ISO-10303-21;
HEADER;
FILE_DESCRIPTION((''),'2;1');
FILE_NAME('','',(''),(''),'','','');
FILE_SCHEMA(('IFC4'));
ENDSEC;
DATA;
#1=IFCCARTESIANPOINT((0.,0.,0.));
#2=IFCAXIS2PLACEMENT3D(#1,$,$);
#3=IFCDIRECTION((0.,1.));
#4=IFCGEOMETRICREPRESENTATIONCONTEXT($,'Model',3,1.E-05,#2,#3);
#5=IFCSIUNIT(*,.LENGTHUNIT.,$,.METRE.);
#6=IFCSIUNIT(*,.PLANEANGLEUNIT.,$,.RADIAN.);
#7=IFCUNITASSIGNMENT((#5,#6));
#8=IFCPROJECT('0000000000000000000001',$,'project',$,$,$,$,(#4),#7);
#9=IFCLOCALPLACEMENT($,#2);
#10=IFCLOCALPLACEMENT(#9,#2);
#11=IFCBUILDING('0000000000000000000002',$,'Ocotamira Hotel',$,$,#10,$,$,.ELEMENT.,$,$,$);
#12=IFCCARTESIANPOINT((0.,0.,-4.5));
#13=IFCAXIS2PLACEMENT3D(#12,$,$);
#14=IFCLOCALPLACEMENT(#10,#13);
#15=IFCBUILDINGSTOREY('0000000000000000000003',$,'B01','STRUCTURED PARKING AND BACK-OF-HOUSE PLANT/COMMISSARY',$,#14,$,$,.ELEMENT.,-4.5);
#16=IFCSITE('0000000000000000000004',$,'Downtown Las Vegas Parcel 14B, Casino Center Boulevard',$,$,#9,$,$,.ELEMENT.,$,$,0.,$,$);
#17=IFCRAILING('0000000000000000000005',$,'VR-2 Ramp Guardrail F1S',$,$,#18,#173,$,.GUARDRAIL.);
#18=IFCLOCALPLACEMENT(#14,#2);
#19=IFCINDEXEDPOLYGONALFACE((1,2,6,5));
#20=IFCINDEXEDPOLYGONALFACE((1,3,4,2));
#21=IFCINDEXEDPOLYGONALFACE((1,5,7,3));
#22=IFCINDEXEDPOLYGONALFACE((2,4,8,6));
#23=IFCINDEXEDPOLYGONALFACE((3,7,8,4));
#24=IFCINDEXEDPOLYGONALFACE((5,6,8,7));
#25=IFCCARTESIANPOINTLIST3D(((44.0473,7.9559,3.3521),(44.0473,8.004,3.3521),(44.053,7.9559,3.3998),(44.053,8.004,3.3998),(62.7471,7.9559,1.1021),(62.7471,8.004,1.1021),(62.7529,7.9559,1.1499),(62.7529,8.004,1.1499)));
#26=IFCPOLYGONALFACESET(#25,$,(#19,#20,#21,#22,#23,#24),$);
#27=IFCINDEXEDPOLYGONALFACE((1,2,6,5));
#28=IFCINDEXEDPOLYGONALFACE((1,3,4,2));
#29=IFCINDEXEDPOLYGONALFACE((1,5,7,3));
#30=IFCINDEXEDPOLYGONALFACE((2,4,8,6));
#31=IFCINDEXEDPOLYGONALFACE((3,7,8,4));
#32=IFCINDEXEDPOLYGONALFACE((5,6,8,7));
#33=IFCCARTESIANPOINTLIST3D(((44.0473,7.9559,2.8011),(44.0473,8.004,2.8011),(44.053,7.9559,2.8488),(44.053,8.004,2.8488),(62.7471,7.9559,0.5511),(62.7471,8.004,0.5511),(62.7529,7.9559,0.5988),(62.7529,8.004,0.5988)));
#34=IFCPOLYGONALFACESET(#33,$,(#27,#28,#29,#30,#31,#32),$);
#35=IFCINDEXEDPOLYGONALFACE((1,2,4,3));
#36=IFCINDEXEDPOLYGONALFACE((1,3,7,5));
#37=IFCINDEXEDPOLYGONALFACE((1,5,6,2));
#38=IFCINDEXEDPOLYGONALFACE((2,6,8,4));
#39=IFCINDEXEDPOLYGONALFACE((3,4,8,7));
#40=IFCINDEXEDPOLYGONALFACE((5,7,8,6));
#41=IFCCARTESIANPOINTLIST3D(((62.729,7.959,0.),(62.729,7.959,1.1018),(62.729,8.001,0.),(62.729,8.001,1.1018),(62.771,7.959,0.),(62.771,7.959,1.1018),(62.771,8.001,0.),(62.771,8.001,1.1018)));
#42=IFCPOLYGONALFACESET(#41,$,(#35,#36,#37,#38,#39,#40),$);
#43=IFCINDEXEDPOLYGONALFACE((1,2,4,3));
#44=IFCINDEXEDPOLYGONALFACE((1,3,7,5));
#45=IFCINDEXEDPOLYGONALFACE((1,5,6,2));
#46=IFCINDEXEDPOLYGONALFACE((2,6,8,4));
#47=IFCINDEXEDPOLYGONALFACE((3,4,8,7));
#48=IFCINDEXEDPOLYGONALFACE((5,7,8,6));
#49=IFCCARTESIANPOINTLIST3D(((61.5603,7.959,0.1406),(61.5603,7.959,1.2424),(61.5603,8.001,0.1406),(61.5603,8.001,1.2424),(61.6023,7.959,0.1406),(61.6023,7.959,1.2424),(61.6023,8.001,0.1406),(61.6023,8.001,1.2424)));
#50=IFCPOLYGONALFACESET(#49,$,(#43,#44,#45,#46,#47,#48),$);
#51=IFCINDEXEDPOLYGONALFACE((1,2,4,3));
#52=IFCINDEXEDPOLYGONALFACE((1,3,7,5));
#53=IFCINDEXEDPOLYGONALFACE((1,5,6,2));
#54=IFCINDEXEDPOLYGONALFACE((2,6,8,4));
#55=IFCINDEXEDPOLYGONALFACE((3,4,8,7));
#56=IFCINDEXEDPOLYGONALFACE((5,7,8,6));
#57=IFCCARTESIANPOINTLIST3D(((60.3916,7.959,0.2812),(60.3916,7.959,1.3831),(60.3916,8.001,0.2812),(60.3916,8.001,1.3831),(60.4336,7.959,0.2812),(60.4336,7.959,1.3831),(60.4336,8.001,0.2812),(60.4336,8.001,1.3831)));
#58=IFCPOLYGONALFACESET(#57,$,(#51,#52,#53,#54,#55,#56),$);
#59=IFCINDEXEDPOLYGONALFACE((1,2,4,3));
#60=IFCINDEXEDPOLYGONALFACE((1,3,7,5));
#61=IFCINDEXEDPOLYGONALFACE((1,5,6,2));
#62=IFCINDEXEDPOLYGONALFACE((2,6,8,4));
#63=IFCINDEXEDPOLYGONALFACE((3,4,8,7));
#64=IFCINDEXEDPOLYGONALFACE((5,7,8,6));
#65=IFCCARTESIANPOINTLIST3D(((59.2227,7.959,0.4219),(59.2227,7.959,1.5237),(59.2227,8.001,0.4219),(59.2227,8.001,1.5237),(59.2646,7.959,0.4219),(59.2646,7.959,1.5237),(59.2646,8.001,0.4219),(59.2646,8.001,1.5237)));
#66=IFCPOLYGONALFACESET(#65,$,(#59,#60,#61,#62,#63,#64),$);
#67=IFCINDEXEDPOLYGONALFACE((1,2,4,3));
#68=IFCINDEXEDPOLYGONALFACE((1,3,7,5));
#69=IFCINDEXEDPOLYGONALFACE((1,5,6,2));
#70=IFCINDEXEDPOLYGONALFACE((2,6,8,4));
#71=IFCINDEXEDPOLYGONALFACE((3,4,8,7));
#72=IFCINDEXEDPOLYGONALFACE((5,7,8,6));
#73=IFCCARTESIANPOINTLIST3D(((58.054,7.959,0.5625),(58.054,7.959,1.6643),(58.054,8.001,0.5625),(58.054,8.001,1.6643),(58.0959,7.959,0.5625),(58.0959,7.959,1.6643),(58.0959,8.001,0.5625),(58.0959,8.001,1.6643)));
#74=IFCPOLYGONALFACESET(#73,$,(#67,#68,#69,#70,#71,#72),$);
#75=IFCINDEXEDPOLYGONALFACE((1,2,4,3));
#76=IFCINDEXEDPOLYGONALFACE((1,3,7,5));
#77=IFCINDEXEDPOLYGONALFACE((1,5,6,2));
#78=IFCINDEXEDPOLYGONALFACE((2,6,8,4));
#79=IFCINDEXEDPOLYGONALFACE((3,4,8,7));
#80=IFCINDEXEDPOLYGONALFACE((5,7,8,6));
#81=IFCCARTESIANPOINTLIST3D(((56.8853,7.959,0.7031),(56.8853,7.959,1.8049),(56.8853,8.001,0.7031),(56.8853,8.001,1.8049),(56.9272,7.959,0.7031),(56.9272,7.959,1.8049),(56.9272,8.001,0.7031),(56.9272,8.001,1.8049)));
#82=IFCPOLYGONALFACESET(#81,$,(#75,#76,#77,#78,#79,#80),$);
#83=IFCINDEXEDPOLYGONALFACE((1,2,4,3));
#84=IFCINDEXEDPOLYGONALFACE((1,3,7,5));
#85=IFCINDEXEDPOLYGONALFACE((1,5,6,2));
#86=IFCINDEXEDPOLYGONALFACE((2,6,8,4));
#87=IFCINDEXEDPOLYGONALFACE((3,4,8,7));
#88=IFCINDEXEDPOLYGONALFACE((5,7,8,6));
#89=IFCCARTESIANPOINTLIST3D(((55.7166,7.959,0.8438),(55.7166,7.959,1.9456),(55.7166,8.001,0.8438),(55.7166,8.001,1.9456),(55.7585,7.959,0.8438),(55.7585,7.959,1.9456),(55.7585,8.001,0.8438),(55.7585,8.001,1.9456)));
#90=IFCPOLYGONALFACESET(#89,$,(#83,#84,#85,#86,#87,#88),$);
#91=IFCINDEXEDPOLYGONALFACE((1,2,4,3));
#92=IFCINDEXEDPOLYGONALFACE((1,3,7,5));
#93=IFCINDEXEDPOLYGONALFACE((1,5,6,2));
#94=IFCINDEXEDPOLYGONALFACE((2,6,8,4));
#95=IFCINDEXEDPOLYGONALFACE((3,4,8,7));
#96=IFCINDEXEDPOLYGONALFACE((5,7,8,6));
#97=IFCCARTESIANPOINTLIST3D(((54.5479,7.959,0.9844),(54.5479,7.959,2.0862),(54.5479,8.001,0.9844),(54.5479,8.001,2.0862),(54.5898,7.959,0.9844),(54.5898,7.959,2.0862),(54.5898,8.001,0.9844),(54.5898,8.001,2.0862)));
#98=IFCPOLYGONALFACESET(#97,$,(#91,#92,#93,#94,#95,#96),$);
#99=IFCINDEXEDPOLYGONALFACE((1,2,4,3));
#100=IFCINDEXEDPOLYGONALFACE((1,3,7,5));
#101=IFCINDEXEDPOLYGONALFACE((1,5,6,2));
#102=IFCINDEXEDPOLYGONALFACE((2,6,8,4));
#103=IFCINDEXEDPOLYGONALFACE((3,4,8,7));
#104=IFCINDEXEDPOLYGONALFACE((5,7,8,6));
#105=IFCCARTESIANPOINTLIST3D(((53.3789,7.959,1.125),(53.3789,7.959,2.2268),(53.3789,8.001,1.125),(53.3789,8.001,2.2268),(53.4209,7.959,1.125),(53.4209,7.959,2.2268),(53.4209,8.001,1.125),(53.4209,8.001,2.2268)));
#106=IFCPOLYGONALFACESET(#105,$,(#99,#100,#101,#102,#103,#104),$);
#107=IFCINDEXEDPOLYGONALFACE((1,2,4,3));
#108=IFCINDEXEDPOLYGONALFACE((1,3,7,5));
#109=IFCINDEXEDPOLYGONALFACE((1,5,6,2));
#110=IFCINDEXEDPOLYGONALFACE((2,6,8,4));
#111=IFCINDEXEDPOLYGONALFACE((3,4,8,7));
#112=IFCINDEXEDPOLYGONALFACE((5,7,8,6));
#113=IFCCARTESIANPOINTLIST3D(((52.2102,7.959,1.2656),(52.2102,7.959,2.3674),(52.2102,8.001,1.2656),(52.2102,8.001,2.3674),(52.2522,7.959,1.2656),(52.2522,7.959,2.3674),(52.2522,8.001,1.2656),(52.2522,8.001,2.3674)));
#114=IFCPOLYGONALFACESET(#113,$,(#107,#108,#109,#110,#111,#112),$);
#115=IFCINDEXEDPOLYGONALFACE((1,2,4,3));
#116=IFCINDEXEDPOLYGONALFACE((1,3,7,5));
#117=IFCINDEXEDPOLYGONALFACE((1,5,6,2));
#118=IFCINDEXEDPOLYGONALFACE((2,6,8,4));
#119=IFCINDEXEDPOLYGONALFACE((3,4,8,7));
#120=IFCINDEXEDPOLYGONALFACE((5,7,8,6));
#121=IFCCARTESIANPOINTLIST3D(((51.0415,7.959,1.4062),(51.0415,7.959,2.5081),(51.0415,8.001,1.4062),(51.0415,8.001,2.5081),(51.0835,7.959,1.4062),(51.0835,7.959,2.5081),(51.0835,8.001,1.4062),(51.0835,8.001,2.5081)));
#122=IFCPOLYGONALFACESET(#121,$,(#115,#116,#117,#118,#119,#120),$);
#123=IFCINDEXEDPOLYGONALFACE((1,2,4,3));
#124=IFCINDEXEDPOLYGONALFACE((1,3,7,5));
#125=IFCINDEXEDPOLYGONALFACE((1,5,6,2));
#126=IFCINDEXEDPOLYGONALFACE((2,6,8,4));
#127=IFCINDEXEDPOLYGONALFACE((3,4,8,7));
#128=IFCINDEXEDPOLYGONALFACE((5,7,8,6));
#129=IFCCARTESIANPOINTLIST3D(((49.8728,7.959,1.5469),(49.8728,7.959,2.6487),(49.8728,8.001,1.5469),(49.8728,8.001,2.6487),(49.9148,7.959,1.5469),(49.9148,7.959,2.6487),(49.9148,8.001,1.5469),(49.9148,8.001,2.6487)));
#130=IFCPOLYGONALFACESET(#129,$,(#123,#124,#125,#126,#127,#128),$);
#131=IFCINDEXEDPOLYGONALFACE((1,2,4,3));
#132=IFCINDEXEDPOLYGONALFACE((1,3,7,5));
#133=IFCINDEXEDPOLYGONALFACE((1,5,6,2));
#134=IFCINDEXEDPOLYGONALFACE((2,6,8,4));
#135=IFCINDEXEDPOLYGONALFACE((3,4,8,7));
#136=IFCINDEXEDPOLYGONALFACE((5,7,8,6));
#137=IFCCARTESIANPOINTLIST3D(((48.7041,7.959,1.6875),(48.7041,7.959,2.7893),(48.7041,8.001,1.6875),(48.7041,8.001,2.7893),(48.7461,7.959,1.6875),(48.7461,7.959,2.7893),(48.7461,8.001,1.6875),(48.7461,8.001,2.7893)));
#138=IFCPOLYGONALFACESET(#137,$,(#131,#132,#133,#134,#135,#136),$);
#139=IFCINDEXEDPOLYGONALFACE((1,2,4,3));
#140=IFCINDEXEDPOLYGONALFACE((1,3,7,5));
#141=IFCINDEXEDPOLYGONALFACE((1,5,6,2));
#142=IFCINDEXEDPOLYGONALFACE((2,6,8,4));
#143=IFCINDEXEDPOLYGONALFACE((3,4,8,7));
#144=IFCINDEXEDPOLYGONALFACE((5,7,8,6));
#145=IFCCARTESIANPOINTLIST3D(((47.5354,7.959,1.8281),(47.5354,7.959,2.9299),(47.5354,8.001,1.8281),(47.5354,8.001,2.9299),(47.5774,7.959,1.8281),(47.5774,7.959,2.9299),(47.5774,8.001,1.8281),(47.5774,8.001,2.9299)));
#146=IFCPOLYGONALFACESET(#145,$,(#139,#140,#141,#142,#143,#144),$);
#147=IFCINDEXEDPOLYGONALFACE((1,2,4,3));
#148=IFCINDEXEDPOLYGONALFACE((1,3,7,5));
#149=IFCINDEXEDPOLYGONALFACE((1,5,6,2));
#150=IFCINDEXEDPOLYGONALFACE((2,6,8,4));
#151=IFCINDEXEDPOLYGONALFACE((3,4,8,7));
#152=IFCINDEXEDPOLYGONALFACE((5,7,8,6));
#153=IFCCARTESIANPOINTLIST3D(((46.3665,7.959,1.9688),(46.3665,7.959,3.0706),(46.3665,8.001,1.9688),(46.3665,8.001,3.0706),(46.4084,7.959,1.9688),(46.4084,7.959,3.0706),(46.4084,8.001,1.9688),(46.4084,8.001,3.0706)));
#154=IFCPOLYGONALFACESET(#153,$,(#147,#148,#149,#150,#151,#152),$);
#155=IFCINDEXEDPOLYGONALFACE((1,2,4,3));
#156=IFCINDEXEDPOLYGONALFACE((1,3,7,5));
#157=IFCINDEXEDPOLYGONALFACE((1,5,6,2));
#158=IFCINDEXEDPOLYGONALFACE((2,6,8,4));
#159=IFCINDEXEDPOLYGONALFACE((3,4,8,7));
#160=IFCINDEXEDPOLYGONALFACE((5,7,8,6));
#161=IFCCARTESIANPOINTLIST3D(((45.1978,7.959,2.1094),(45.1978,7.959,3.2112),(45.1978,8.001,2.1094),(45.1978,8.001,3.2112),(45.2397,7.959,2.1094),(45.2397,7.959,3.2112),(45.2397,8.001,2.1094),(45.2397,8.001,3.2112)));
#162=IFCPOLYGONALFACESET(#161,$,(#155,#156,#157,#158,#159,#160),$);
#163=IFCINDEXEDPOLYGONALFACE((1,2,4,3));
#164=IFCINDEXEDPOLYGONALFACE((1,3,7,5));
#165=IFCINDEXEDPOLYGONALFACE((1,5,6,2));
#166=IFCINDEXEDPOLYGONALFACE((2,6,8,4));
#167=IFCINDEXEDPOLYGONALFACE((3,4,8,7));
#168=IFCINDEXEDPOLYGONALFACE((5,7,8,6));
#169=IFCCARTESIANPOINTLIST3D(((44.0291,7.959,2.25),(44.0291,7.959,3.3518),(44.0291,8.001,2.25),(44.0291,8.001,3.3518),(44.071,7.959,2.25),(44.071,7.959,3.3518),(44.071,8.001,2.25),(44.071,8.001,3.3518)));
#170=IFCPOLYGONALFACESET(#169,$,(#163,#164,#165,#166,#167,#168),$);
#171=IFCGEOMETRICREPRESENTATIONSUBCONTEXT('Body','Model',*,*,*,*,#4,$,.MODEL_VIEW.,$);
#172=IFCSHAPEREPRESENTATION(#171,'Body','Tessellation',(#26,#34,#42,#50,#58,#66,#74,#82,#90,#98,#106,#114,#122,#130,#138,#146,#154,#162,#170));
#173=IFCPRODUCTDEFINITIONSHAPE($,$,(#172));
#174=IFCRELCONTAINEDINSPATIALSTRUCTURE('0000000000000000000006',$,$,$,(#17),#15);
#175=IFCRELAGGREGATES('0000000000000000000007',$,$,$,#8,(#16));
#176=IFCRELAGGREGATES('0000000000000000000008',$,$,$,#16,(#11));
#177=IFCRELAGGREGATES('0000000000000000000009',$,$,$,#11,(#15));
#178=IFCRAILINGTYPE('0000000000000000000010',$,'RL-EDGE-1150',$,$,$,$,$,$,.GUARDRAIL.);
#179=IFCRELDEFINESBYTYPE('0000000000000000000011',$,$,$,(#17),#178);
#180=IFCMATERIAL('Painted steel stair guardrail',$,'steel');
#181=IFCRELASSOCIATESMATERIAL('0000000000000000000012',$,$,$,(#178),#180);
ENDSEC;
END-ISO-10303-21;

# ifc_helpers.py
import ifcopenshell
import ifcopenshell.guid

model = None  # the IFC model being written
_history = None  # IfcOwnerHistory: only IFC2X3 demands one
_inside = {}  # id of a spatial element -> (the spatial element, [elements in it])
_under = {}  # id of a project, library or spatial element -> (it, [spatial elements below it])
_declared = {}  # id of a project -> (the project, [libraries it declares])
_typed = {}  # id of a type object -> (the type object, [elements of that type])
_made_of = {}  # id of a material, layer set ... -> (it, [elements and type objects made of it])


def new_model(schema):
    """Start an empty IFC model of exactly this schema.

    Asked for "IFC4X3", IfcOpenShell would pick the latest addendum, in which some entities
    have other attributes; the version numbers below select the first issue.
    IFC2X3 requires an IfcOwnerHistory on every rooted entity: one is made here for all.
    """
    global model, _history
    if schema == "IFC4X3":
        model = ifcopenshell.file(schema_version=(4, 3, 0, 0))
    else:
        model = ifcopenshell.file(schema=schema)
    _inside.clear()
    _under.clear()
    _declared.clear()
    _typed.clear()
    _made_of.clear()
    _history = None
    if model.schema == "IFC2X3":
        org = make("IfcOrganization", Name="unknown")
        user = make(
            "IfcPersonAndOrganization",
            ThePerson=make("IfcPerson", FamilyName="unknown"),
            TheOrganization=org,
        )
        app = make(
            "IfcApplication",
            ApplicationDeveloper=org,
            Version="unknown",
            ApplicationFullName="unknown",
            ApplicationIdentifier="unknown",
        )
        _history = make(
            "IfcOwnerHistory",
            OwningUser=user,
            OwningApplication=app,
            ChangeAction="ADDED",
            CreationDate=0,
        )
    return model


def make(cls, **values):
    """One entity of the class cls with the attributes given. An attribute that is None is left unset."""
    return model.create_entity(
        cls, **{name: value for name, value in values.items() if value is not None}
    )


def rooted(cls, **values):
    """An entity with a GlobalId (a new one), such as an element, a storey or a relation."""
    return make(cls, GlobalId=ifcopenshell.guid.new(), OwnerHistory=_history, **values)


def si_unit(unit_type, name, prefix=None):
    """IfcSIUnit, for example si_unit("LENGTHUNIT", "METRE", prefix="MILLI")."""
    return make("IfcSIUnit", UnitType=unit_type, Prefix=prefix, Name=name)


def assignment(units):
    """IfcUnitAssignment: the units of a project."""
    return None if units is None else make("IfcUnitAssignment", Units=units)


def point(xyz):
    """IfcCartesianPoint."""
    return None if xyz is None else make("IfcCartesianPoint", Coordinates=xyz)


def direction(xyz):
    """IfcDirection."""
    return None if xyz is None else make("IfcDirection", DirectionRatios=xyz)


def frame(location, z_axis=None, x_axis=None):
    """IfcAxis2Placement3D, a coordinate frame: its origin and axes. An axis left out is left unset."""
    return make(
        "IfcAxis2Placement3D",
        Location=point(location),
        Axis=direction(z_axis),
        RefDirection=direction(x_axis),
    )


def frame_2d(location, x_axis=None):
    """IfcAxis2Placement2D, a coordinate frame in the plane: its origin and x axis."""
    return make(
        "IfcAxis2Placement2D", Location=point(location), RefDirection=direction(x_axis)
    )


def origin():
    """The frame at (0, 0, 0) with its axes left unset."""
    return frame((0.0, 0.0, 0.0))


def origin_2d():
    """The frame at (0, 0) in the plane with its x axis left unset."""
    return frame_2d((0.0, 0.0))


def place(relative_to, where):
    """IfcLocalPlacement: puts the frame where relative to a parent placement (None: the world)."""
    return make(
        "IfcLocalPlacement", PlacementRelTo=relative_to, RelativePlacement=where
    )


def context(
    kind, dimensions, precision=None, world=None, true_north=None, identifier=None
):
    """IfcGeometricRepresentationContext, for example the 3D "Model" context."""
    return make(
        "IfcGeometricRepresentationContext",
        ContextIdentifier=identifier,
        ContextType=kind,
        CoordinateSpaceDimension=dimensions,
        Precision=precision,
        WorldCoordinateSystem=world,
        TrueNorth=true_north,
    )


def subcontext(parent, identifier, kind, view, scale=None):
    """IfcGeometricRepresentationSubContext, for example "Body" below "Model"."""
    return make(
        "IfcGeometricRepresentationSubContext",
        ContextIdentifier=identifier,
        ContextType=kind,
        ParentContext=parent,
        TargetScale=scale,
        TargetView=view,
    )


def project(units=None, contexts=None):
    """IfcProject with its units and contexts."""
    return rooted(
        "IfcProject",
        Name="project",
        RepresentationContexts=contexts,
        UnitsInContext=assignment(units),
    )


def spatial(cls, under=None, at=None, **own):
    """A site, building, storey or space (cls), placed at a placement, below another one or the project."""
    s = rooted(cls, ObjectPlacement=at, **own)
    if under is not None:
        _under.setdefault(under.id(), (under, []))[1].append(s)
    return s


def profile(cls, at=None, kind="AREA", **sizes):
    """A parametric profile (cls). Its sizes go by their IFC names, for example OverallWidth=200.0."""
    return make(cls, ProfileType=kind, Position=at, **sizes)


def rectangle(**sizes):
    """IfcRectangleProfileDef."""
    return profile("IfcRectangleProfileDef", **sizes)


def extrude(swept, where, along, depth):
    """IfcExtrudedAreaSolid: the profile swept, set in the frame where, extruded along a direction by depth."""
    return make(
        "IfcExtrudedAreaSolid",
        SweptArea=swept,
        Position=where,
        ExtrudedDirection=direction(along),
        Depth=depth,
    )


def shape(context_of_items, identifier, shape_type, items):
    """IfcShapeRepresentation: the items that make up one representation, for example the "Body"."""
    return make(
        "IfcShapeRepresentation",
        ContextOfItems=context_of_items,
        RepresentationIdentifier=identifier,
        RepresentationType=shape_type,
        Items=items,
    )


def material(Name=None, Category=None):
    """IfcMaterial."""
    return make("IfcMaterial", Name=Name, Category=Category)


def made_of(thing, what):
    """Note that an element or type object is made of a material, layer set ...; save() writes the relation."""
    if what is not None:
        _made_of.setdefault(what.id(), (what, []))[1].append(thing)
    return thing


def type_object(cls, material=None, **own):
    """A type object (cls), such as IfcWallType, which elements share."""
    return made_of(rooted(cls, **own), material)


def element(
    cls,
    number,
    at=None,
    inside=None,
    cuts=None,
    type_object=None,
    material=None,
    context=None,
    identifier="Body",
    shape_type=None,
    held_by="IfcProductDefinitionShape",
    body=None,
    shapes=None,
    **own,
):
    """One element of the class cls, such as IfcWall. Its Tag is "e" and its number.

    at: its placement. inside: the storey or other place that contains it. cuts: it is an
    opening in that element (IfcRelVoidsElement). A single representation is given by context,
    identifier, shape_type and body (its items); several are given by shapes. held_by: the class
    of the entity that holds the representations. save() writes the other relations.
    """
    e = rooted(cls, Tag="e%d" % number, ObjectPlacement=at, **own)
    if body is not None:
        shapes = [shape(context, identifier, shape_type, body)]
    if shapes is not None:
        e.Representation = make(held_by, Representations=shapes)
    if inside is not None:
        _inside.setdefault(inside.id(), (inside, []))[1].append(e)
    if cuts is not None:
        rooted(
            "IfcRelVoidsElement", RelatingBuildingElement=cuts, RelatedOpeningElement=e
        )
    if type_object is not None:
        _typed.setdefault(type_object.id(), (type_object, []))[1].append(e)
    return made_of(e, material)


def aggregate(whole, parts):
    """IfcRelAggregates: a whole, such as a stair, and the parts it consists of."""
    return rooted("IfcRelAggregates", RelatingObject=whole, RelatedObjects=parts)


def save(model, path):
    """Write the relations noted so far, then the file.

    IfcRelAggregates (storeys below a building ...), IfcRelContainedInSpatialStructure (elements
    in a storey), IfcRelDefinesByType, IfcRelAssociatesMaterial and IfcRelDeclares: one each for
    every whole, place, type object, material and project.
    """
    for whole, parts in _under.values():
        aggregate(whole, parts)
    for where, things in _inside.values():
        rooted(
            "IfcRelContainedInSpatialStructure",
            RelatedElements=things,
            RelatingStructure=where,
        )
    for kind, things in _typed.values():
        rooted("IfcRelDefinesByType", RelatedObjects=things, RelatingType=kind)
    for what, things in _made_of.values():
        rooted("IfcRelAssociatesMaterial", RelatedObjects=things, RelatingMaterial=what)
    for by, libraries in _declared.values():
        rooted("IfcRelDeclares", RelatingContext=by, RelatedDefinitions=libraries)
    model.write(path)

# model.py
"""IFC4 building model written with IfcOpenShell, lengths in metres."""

from ifc_helpers import new_model, si_unit, direction, frame, origin, origin_2d, place, context, subcontext, project, spatial, rectangle, extrude, material, type_object, element, save


model = new_model("IFC4")

# Units and contexts
model_context = context("Model", 3, precision=1e-05, world=origin(), true_north=direction((0.0, 1.0)))
body_context = subcontext(model_context, "Body", "Model", "MODEL_VIEW")
ifc_project = project(units=[si_unit("LENGTHUNIT", "METRE"), si_unit("PLANEANGLEUNIT", "RADIAN")], contexts=[model_context])

# Site, building, storey
site_placement = place(None, origin())
site = spatial("IfcSite", under=ifc_project, at=site_placement, Name="Downtown Las Vegas Parcel 14B, Casino Center Boulevard", CompositionType="ELEMENT", RefElevation=0.0)
building_placement = place(site_placement, origin())
building = spatial("IfcBuilding", under=site, at=building_placement, Name="Ocotamira Hotel", CompositionType="ELEMENT")
storey_placement = place(building_placement, frame((0.0, 0.0, -4.5)))
storey = spatial("IfcBuildingStorey", under=building, at=storey_placement, Name="B01", Description="STRUCTURED PARKING AND BACK-OF-HOUSE PLANT/COMMISSARY", CompositionType="ELEMENT", Elevation=-4.5)

# Railing
ifc_material_1 = material(Name="Painted steel stair guardrail", Category="steel")
railing_type = type_object("IfcRailingType", Name="RL-EDGE-1150", PredefinedType="GUARDRAIL", material=ifc_material_1)
railing_1_placement = place(storey_placement, frame((62.75, 7.98, 0.0)))
element("IfcRailing", 1, at=railing_1_placement, inside=storey, type_object=railing_type, Name="VR-2 Ramp Guardrail F1S", PredefinedType="GUARDRAIL", context=body_context, shape_type="SweptSolid", body=[
    extrude(rectangle(XDim=0.0481, YDim=0.0481, at=origin_2d()), frame((0.0, 0.0, 1.126), z_axis=(-0.992839, 0.0, 0.11946), x_axis=(0.0, -1.0, 0.0)), (0.0, 0.0, 1.0), 18.8347),
    extrude(rectangle(XDim=0.0481, YDim=0.0481, at=origin_2d()), frame((0.0, 0.0, 0.575), z_axis=(-0.992839, 0.0, 0.11946), x_axis=(0.0, -1.0, 0.0)), (0.0, 0.0, 1.0), 18.8347),
    extrude(rectangle(XDim=0.042, YDim=0.042, at=origin_2d()), origin(), (0.0, 0.0, 1.0), 1.1018),
    extrude(rectangle(XDim=0.042, YDim=0.042, at=origin_2d()), frame((-1.1687, 0.0, 0.1406)), (0.0, 0.0, 1.0), 1.1018),
    extrude(rectangle(XDim=0.042, YDim=0.042, at=origin_2d()), frame((-2.3374, 0.0, 0.2812)), (0.0, 0.0, 1.0), 1.1018),
    extrude(rectangle(XDim=0.042, YDim=0.042, at=origin_2d()), frame((-3.5063, 0.0, 0.4219)), (0.0, 0.0, 1.0), 1.1018),
    extrude(rectangle(XDim=0.042, YDim=0.042, at=origin_2d()), frame((-4.675, 0.0, 0.5625)), (0.0, 0.0, 1.0), 1.1018),
    extrude(rectangle(XDim=0.042, YDim=0.042, at=origin_2d()), frame((-5.8438, 0.0, 0.7031)), (0.0, 0.0, 1.0), 1.1018),
    extrude(rectangle(XDim=0.042, YDim=0.042, at=origin_2d()), frame((-7.0125, 0.0, 0.8438)), (0.0, 0.0, 1.0), 1.1018),
    extrude(rectangle(XDim=0.042, YDim=0.042, at=origin_2d()), frame((-8.1812, 0.0, 0.9844)), (0.0, 0.0, 1.0), 1.1018),
    extrude(rectangle(XDim=0.042, YDim=0.042, at=origin_2d()), frame((-9.3501, 0.0, 1.125)), (0.0, 0.0, 1.0), 1.1018),
    extrude(rectangle(XDim=0.042, YDim=0.042, at=origin_2d()), frame((-10.5188, 0.0, 1.2656)), (0.0, 0.0, 1.0), 1.1018),
    extrude(rectangle(XDim=0.042, YDim=0.042, at=origin_2d()), frame((-11.6875, 0.0, 1.4062)), (0.0, 0.0, 1.0), 1.1018),
    extrude(rectangle(XDim=0.042, YDim=0.042, at=origin_2d()), frame((-12.8562, 0.0, 1.5469)), (0.0, 0.0, 1.0), 1.1018),
    extrude(rectangle(XDim=0.042, YDim=0.042, at=origin_2d()), frame((-14.0249, 0.0, 1.6875)), (0.0, 0.0, 1.0), 1.1018),
    extrude(rectangle(XDim=0.042, YDim=0.042, at=origin_2d()), frame((-15.1936, 0.0, 1.8281)), (0.0, 0.0, 1.0), 1.1018),
    extrude(rectangle(XDim=0.042, YDim=0.042, at=origin_2d()), frame((-16.3625, 0.0, 1.9688)), (0.0, 0.0, 1.0), 1.1018),
    extrude(rectangle(XDim=0.042, YDim=0.042, at=origin_2d()), frame((-17.5312, 0.0, 2.1094)), (0.0, 0.0, 1.0), 1.1018),
    extrude(rectangle(XDim=0.042, YDim=0.042, at=origin_2d()), frame((-18.7, 0.0, 2.25)), (0.0, 0.0, 1.0), 1.1018),
])

save(model, "model.ifc")
